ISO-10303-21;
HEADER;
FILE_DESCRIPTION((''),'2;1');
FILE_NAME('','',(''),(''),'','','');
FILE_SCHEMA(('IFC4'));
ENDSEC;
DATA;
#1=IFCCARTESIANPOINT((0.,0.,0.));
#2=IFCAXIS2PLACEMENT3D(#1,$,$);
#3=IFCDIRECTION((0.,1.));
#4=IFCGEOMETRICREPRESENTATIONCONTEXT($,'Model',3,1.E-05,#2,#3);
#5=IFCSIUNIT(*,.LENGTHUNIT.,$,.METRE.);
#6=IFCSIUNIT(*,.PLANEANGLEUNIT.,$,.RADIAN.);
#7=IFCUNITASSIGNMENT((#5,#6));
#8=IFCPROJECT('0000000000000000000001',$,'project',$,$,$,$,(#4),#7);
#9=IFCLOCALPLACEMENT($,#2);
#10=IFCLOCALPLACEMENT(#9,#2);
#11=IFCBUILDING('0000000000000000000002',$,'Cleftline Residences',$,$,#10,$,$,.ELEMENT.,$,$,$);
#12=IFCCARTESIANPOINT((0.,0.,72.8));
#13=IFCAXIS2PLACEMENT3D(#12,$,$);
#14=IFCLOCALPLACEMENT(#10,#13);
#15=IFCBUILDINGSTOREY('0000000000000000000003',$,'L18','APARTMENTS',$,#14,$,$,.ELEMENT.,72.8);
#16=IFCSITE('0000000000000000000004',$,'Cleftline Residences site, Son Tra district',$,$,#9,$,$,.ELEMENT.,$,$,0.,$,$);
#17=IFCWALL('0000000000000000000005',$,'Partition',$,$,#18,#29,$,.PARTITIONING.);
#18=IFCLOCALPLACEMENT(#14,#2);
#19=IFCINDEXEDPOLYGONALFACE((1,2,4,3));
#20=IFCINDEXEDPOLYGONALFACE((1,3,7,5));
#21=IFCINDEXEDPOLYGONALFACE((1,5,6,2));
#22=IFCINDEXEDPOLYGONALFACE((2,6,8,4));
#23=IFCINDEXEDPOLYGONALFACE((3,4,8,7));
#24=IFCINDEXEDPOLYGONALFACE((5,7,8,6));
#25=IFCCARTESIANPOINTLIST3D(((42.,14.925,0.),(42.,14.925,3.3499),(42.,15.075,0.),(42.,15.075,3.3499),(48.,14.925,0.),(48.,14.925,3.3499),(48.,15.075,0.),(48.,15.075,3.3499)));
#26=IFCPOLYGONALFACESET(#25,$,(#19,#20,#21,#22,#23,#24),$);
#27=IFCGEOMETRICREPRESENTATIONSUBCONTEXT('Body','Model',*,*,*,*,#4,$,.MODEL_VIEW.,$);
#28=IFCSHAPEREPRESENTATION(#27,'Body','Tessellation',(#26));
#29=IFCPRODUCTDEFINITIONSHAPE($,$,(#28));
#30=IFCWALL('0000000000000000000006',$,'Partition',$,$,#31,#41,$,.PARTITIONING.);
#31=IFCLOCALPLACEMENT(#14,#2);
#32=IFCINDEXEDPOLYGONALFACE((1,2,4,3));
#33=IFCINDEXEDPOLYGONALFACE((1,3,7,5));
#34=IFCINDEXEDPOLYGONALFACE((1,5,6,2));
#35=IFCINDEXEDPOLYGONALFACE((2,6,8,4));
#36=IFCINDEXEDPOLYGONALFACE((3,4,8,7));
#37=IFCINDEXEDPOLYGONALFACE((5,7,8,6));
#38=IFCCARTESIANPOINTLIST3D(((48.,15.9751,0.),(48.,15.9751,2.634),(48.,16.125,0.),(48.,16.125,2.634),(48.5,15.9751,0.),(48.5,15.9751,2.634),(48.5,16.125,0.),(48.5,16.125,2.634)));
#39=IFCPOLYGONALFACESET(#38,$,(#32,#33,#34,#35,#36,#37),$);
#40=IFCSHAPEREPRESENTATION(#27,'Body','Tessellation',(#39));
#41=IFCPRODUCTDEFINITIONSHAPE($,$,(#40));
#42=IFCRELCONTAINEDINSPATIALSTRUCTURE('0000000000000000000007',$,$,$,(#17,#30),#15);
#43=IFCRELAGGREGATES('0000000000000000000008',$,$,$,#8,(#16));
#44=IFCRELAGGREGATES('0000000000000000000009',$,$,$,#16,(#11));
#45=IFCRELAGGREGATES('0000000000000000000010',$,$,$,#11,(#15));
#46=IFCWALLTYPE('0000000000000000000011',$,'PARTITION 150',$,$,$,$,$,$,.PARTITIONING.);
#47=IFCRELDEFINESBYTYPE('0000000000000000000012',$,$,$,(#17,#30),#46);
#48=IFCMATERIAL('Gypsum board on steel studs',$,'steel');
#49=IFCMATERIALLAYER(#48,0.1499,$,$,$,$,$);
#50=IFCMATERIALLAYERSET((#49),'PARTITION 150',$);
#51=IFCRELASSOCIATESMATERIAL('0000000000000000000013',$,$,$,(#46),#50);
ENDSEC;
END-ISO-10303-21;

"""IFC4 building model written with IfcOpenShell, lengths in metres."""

from ifc_helpers import new_model, si_unit, direction, frame, frame_2d, origin, place, context, subcontext, project, spatial, rectangle, extrude, material, layer, layer_set, type_object, element, save


model = new_model("IFC4")

# Units and contexts
model_context = context("Model", 3, precision=1e-05, world=origin(), true_north=direction((0.0, 1.0)))
body_context = subcontext(model_context, "Body", "Model", "MODEL_VIEW")
ifc_project = project(units=[si_unit("LENGTHUNIT", "METRE"), si_unit("PLANEANGLEUNIT", "RADIAN")], contexts=[model_context])

# Site, building, storey
site_placement = place(None, origin())
site = spatial("IfcSite", under=ifc_project, at=site_placement, Name="Cleftline Residences site, Son Tra district", CompositionType="ELEMENT", RefElevation=0.0)
building_placement = place(site_placement, origin())
building = spatial("IfcBuilding", under=site, at=building_placement, Name="Cleftline Residences", CompositionType="ELEMENT")
storey_placement = place(building_placement, frame((0.0, 0.0, 72.8)))
storey = spatial("IfcBuildingStorey", under=building, at=storey_placement, Name="L18", Description="APARTMENTS", CompositionType="ELEMENT", Elevation=72.8)

# Walls
ifc_material_1 = material(Name="Gypsum board on steel studs", Category="steel")
ifc_layer_1 = layer(ifc_material_1, 0.1499)
ifc_layer_set_1 = layer_set([ifc_layer_1], Name="PARTITION 150")
wall_type_1 = type_object("IfcWallType", Name="PARTITION 150", PredefinedType="PARTITIONING", material=ifc_layer_set_1)
wall_1_placement = place(storey_placement, frame((42.0, 15.0, 0.0), z_axis=(0.0, 0.0, 1.0), x_axis=(1.0, 0.0, 0.0)))
element("IfcWall", 1, at=wall_1_placement, inside=storey, type_object=wall_type_1, Name="Partition", PredefinedType="PARTITIONING", context=body_context, shape_type="SweptSolid", body=[
    extrude(rectangle(XDim=6.0, YDim=0.1499, at=frame_2d((3.0, 0.0))), origin(), (0.0, 0.0, 1.0), 3.3499),
])
wall_2_placement = place(storey_placement, frame((48.0, 16.05, 0.0), z_axis=(0.0, 0.0, 1.0), x_axis=(1.0, 0.0, 0.0)))
element("IfcWall", 2, at=wall_2_placement, inside=storey, type_object=wall_type_1, Name="Partition", PredefinedType="PARTITIONING", context=body_context, shape_type="SweptSolid", body=[
    extrude(rectangle(XDim=0.5, YDim=0.1499, at=frame_2d((0.25, 0.0))), origin(), (0.0, 0.0, 1.0), 2.634),
])

save(model, "model.ifc")
